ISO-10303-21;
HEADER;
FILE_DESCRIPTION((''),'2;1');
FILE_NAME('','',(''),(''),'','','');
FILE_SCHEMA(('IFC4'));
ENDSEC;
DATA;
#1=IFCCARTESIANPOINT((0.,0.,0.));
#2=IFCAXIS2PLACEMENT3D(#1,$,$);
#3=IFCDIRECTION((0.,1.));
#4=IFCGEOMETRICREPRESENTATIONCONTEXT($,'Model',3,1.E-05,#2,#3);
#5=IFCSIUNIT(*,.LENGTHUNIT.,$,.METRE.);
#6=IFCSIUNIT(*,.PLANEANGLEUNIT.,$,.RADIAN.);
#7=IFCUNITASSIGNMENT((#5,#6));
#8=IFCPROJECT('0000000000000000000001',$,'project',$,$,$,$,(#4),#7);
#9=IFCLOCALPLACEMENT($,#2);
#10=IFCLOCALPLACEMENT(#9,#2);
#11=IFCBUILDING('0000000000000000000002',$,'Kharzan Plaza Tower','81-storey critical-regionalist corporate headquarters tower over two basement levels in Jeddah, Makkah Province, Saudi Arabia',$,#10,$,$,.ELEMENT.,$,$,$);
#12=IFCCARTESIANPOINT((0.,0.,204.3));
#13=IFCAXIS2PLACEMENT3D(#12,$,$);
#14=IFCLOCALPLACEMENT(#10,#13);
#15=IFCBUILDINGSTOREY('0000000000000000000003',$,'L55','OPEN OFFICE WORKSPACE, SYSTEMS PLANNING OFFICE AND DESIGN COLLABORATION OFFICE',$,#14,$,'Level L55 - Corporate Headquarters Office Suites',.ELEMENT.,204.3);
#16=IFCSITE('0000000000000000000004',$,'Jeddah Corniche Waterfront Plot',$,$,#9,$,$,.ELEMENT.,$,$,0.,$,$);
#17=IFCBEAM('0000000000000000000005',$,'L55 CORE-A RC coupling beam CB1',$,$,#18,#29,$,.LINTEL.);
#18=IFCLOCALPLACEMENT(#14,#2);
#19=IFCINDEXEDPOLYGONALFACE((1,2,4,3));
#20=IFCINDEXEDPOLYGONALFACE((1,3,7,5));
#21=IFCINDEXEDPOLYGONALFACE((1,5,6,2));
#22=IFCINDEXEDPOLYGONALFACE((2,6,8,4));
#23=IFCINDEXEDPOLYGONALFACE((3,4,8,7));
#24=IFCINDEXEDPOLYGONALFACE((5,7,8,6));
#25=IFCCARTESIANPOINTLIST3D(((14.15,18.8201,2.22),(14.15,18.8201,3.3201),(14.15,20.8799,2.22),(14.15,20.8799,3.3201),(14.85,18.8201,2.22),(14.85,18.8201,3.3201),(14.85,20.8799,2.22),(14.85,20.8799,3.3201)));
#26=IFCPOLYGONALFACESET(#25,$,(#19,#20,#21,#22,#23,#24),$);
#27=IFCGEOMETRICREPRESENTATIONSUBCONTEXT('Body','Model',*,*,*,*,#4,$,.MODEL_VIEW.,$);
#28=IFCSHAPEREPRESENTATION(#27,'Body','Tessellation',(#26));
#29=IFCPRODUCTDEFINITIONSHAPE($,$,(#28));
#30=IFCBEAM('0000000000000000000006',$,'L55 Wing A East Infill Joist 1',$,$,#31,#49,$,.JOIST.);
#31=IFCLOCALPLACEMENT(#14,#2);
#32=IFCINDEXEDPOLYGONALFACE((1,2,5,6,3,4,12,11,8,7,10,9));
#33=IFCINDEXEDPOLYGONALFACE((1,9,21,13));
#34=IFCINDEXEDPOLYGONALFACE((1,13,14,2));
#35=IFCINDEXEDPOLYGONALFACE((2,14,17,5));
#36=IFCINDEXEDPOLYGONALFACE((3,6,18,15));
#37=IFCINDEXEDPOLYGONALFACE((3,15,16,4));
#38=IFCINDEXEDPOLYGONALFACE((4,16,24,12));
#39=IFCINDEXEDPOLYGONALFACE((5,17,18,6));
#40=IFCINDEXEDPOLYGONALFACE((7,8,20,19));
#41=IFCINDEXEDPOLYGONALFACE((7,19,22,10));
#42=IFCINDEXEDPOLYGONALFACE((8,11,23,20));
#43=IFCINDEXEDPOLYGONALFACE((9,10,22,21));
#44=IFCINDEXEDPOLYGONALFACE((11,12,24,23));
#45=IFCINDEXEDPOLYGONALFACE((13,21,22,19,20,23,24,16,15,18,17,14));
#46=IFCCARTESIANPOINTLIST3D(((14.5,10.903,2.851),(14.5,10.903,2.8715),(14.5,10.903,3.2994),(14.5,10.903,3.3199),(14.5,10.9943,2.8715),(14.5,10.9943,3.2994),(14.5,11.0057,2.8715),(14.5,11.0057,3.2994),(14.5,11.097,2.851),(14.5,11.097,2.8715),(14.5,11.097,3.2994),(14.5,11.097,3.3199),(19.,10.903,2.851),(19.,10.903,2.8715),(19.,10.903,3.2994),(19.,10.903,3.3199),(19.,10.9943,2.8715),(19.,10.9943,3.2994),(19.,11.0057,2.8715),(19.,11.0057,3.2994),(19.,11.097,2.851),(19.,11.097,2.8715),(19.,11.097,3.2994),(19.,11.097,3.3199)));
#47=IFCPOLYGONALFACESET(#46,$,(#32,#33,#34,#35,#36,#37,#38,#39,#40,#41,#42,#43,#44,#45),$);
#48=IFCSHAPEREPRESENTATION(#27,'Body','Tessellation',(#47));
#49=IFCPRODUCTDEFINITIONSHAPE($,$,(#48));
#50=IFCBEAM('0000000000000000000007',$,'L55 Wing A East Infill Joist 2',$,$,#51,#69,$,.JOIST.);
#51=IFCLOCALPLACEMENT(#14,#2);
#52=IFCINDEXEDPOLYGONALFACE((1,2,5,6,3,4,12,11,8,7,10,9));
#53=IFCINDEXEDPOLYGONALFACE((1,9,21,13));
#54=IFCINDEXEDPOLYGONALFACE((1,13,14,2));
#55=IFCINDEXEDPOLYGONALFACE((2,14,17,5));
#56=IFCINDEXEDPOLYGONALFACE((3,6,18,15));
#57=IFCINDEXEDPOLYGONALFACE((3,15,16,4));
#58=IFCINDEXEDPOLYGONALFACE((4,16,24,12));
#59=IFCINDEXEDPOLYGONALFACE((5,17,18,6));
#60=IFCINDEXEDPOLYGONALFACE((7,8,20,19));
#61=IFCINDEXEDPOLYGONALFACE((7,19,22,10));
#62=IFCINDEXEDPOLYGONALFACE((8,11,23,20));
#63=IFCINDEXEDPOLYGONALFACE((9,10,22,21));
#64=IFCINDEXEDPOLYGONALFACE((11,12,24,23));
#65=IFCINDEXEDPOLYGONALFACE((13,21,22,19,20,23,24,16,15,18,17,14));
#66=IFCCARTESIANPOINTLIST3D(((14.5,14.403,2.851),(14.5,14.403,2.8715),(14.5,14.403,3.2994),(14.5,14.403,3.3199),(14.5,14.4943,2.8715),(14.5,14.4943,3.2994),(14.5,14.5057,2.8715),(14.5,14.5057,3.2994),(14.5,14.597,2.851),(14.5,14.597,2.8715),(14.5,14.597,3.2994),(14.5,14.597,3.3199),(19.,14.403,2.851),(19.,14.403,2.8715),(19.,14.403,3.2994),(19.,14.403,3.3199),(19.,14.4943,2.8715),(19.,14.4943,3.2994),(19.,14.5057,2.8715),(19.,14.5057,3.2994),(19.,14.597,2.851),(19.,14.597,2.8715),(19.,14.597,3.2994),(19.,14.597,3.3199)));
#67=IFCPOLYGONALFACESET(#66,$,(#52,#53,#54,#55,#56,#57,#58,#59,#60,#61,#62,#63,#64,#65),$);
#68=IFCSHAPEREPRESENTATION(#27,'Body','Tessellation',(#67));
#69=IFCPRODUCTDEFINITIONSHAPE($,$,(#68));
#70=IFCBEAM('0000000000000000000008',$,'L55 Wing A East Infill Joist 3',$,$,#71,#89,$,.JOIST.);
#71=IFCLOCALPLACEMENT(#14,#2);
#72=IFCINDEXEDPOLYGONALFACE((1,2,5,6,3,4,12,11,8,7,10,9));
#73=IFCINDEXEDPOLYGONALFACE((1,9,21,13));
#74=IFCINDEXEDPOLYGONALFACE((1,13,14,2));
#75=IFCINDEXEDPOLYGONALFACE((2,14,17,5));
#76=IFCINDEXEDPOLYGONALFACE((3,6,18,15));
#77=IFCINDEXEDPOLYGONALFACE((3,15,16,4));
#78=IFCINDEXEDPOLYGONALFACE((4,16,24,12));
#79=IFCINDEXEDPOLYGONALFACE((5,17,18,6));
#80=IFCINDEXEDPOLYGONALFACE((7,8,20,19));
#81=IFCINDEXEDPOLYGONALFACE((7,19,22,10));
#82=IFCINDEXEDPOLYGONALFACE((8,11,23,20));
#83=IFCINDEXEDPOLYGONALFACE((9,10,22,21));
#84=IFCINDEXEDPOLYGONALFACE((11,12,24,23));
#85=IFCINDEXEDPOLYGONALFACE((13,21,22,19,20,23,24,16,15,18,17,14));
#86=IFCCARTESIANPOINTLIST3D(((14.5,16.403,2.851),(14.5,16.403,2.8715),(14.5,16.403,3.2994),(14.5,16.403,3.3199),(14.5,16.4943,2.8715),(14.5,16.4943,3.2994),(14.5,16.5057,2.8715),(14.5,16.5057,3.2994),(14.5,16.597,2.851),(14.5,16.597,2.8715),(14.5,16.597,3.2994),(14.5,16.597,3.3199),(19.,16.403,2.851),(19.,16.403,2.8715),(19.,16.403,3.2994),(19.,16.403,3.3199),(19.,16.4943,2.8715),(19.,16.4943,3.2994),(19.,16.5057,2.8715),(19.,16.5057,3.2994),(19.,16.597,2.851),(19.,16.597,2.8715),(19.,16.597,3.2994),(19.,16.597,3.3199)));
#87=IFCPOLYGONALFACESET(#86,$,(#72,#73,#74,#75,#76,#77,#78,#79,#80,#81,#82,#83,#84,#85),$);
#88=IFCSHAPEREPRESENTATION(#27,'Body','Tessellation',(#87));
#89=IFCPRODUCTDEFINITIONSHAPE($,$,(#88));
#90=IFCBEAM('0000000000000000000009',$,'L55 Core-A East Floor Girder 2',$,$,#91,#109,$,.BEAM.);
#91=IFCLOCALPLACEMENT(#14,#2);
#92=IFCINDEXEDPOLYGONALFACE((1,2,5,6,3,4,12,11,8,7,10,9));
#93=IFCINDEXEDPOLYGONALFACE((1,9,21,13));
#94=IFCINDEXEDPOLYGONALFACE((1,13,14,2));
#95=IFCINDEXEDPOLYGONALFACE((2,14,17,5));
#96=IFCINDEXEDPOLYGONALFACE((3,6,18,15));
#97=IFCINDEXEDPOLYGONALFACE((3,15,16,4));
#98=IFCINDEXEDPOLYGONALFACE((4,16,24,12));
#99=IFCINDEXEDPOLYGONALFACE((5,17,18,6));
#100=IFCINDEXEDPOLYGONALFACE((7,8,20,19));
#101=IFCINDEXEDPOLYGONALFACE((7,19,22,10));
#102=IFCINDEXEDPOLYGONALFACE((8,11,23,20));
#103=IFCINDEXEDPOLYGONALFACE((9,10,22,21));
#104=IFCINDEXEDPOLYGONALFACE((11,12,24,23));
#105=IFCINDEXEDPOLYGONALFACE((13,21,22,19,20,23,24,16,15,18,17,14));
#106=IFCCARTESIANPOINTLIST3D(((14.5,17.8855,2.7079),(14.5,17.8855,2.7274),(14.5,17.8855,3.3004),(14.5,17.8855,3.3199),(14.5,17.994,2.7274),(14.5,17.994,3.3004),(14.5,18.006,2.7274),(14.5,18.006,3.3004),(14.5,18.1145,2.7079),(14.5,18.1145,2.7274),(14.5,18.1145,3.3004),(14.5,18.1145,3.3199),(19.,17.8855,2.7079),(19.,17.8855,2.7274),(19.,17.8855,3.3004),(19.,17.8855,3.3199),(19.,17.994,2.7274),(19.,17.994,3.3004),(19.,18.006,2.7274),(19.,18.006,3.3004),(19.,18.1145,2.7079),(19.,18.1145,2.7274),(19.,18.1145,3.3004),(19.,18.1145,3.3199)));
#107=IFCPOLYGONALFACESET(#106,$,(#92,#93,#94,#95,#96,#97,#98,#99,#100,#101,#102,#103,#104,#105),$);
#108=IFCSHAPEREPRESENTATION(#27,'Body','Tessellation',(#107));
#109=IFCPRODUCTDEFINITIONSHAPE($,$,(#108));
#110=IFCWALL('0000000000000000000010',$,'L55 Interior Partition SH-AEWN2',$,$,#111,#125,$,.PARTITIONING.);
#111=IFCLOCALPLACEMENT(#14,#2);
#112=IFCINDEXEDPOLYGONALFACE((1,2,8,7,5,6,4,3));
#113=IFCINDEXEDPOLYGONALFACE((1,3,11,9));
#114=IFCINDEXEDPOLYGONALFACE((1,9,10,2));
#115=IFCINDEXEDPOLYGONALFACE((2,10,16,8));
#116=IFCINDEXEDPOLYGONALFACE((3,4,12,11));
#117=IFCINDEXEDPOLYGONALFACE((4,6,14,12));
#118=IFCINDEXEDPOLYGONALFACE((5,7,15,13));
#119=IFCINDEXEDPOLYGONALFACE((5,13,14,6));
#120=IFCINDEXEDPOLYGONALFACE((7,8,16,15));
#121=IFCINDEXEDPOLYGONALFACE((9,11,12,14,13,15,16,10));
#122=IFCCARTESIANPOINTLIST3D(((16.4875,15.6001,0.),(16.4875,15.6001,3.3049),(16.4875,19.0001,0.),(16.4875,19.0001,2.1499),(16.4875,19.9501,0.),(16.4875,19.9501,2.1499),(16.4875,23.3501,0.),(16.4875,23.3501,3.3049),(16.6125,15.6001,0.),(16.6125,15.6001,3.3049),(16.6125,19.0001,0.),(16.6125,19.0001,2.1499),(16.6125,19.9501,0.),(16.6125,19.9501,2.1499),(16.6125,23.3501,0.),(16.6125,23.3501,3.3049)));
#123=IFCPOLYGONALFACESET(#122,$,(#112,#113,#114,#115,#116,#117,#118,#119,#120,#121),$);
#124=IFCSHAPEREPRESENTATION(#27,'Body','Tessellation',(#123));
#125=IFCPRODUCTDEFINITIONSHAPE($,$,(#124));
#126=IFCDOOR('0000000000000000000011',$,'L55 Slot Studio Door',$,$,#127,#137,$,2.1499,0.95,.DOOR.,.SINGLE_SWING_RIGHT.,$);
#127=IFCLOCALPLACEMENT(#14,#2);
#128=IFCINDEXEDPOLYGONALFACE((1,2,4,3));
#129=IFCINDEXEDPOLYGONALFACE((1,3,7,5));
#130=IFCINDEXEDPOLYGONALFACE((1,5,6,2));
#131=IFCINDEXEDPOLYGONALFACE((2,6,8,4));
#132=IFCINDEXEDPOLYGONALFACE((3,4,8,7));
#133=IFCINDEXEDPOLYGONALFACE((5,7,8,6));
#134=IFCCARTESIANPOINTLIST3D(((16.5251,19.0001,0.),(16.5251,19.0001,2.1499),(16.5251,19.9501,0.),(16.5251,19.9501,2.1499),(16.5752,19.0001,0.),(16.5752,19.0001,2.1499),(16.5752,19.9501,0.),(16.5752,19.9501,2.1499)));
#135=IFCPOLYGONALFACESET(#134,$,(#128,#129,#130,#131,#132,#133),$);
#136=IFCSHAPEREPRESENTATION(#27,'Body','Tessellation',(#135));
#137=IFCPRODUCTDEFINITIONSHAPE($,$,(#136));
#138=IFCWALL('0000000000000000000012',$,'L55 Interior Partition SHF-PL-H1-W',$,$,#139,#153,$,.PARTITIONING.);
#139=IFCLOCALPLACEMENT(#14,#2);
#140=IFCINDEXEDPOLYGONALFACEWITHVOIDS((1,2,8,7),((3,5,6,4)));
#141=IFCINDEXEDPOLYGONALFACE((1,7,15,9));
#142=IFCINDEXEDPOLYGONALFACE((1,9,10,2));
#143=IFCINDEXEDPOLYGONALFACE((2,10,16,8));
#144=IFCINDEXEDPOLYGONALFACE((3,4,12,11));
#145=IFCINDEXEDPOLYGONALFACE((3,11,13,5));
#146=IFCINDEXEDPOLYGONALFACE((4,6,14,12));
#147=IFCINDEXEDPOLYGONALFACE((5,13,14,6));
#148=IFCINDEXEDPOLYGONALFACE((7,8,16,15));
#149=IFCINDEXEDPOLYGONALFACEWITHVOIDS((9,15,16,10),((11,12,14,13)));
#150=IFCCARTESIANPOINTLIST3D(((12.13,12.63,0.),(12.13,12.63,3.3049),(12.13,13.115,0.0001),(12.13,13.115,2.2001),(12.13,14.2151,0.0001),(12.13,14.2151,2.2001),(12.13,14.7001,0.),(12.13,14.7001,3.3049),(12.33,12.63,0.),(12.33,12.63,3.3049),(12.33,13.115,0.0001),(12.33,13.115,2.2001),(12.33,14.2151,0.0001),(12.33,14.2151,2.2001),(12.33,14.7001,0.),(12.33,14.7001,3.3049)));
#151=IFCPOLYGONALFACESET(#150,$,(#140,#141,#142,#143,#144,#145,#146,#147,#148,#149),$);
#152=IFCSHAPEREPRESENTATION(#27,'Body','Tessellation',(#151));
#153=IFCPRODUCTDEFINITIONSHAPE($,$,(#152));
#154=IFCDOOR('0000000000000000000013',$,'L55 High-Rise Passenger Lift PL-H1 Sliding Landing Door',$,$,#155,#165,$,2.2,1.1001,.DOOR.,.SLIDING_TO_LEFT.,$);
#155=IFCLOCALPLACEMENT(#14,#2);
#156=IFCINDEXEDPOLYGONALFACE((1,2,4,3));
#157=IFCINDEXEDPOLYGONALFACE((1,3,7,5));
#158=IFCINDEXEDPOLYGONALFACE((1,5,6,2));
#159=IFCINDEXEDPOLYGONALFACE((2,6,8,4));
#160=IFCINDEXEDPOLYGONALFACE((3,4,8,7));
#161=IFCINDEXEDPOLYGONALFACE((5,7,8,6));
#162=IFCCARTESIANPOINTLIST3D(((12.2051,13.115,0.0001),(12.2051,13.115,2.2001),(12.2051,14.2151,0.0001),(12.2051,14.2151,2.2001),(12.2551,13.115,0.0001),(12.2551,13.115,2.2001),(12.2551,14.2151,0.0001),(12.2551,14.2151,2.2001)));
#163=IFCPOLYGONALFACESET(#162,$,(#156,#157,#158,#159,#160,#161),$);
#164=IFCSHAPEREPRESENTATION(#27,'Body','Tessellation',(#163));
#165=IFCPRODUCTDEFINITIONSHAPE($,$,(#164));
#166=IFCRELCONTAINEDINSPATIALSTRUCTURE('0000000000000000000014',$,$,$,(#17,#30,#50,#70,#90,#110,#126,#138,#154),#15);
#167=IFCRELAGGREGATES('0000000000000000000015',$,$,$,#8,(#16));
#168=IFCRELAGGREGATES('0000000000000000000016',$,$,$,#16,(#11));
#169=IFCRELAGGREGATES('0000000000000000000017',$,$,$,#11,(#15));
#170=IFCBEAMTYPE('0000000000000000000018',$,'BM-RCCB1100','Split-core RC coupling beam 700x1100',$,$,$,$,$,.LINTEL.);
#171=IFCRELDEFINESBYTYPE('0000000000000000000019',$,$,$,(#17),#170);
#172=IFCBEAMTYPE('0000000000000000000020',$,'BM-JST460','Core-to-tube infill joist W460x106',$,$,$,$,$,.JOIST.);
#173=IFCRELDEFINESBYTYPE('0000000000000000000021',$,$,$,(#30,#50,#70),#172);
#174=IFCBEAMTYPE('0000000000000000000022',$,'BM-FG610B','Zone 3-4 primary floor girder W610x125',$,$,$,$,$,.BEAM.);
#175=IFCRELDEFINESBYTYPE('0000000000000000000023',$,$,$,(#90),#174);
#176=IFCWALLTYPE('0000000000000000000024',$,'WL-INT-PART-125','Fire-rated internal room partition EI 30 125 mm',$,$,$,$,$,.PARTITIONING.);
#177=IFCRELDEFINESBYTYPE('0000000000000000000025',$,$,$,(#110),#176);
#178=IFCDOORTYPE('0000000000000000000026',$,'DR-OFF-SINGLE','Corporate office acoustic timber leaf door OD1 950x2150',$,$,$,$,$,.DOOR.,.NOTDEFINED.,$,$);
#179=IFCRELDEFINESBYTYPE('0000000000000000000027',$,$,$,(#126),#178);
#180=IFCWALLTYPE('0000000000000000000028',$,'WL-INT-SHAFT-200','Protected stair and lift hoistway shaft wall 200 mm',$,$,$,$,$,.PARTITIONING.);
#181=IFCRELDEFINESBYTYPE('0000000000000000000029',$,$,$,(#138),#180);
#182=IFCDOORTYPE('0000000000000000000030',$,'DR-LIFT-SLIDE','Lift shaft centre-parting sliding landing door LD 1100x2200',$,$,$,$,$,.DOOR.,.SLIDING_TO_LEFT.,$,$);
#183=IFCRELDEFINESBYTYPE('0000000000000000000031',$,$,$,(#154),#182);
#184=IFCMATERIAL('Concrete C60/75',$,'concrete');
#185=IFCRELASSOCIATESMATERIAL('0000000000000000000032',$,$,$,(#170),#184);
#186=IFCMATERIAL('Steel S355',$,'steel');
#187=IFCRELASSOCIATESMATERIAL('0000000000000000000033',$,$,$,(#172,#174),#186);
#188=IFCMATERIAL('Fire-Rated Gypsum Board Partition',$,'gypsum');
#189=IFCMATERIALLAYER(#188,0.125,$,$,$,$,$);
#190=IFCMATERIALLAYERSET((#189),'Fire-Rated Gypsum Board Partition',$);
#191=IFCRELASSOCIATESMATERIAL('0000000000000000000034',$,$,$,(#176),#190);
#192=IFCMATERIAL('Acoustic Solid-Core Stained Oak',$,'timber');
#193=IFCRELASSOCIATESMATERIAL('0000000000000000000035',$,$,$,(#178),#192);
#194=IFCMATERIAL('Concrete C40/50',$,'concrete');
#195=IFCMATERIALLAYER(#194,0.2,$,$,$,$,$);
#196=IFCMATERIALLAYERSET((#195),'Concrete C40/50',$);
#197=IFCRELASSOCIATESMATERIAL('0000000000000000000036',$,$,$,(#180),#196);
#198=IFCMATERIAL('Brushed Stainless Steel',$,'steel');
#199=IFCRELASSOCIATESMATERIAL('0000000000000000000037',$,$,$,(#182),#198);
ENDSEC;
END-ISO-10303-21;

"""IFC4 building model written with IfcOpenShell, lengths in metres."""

from ifc_helpers import new_model, si_unit, direction, frame, frame_2d, origin, origin_2d, place, context, subcontext, project, spatial, rectangle, i_section, extrude, source, transform, mapped, material, layer, layer_set, material_profile, profile_set, type_object, element, fill, save


model = new_model("IFC4")

# Units and contexts
model_context = context("Model", 3, precision=1e-05, world=origin(), true_north=direction((0.0, 1.0)))
body_context = subcontext(model_context, "Body", "Model", "MODEL_VIEW")
ifc_project = project(units=[si_unit("LENGTHUNIT", "METRE"), si_unit("PLANEANGLEUNIT", "RADIAN")], contexts=[model_context])

# Site, building, storey
site_placement = place(None, origin())
site = spatial("IfcSite", under=ifc_project, at=site_placement, Name="Jeddah Corniche Waterfront Plot", CompositionType="ELEMENT", RefElevation=0.0)
building_placement = place(site_placement, origin())
building = spatial("IfcBuilding", under=site, at=building_placement, Name="Kharzan Plaza Tower", Description="81-storey critical-regionalist corporate headquarters tower over two basement levels in Jeddah, Makkah Province, Saudi Arabia", CompositionType="ELEMENT")
storey_placement = place(building_placement, frame((0.0, 0.0, 204.3)))
storey = spatial("IfcBuildingStorey", under=building, at=storey_placement, Name="L55", Description="OPEN OFFICE WORKSPACE, SYSTEMS PLANNING OFFICE AND DESIGN COLLABORATION OFFICE", LongName="Level L55 - Corporate Headquarters Office Suites", CompositionType="ELEMENT", Elevation=204.3)

# Beams
ifc_material_1 = material(Name="Concrete C60/75", Category="concrete")
ifc_material_profile_1 = material_profile(ifc_material_1, rectangle(XDim=0.7, YDim=1.1001, at=origin_2d()), Name="RC-CB1100x700")
ifc_profile_set_1 = profile_set([ifc_material_profile_1], Name="Concrete C60/75")
beam_type_1 = type_object("IfcBeamType", Name="BM-RCCB1100", Description="Split-core RC coupling beam 700x1100", PredefinedType="LINTEL", material=ifc_profile_set_1)
shared_shape_1 = source(origin(), body_context, "Body", "SweptSolid", [
    extrude(rectangle(XDim=0.7, YDim=1.1001, at=origin_2d()), origin(), (0.0, 0.0, 1.0), 2.0598),
])
beam_1_placement = place(storey_placement, frame((14.5, 18.8201, 2.77), z_axis=(0.0, 1.0, 0.0), x_axis=(-1.0, 0.0, 0.0)))
element("IfcBeam", 1, at=beam_1_placement, inside=storey, type_object=beam_type_1, Name="L55 CORE-A RC coupling beam CB1", PredefinedType="LINTEL", context=body_context, shape_type="MappedRepresentation", body=[
    mapped(shared_shape_1, transform((0.0, 0.0, 0.0), x_axis=(1.0, 0.0, 0.0), y_axis=(0.0, 1.0, 0.0), z_axis=(0.0, 0.0, 1.0))),
])
ifc_material_2 = material(Name="Steel S355", Category="steel")
ifc_material_profile_2 = material_profile(ifc_material_2, i_section(OverallWidth=0.1941, OverallDepth=0.469, WebThickness=0.0115, FlangeThickness=0.0205, at=origin_2d()), Name="W460x106")
ifc_profile_set_2 = profile_set([ifc_material_profile_2], Name="Steel S355")
beam_type_2 = type_object("IfcBeamType", Name="BM-JST460", Description="Core-to-tube infill joist W460x106", PredefinedType="JOIST", material=ifc_profile_set_2)
shared_shape_2 = source(origin(), body_context, "Body", "SweptSolid", [
    extrude(i_section(OverallWidth=0.1941, OverallDepth=0.469, WebThickness=0.0115, FlangeThickness=0.0205, at=origin_2d()), origin(), (0.0, 0.0, 1.0), 4.5),
])
for number, where, z_axis, x_axis, name in (
    (2, (14.5, 11.0, 3.0854), (1.0, 0.0, 0.0), (0.0, 1.0, 0.0), "L55 Wing A East Infill Joist 1"),
    (3, (14.5, 14.5, 3.0854), (1.0, 0.0, 0.0), (0.0, 1.0, 0.0), "L55 Wing A East Infill Joist 2"),
    (4, (14.5, 16.5, 3.0854), (1.0, 0.0, 0.0), (0.0, 1.0, 0.0), "L55 Wing A East Infill Joist 3"),
):
    element("IfcBeam", number, at=place(storey_placement, frame(where, z_axis=z_axis, x_axis=x_axis)), inside=storey, type_object=beam_type_2, Name=name, PredefinedType="JOIST", context=body_context, shape_type="MappedRepresentation", body=[
        mapped(shared_shape_2, transform((0.0, 0.0, 0.0), x_axis=(1.0, 0.0, 0.0), y_axis=(0.0, 1.0, 0.0), z_axis=(0.0, 0.0, 1.0))),
    ])
ifc_material_profile_3 = material_profile(ifc_material_2, i_section(OverallWidth=0.229, OverallDepth=0.6121, WebThickness=0.012, FlangeThickness=0.0195, at=origin_2d()), Name="W610x125")
ifc_profile_set_3 = profile_set([ifc_material_profile_3], Name="Steel S355")
beam_type_3 = type_object("IfcBeamType", Name="BM-FG610B", Description="Zone 3-4 primary floor girder W610x125", PredefinedType="BEAM", material=ifc_profile_set_3)
shared_shape_3 = source(origin(), body_context, "Body", "SweptSolid", [
    extrude(i_section(OverallWidth=0.229, OverallDepth=0.6121, WebThickness=0.012, FlangeThickness=0.0195, at=origin_2d()), origin(), (0.0, 0.0, 1.0), 4.5),
])
beam_2_placement = place(storey_placement, frame((14.5, 18.0, 3.0139), z_axis=(1.0, 0.0, 0.0), x_axis=(0.0, 1.0, 0.0)))
element("IfcBeam", 5, at=beam_2_placement, inside=storey, type_object=beam_type_3, Name="L55 Core-A East Floor Girder 2", PredefinedType="BEAM", context=body_context, shape_type="MappedRepresentation", body=[
    mapped(shared_shape_3, transform((0.0, 0.0, 0.0), x_axis=(1.0, 0.0, 0.0), y_axis=(0.0, 1.0, 0.0), z_axis=(0.0, 0.0, 1.0))),
])

# Walls, openings, doors
ifc_material_3 = material(Name="Fire-Rated Gypsum Board Partition", Category="gypsum")
ifc_layer_1 = layer(ifc_material_3, 0.125)
ifc_layer_set_1 = layer_set([ifc_layer_1], Name="Fire-Rated Gypsum Board Partition")
wall_type_1 = type_object("IfcWallType", Name="WL-INT-PART-125", Description="Fire-rated internal room partition EI 30 125 mm", PredefinedType="PARTITIONING", material=ifc_layer_set_1)
ifc_material_4 = material(Name="Acoustic Solid-Core Stained Oak", Category="timber")
door_type_1 = type_object("IfcDoorType", Name="DR-OFF-SINGLE", Description="Corporate office acoustic timber leaf door OD1 950x2150", OperationType="NOTDEFINED", PredefinedType="DOOR", material=ifc_material_4)
shared_shape_4 = source(origin(), body_context, "Body", "SweptSolid", [
    extrude(rectangle(XDim=0.95, YDim=2.1499, at=frame_2d((0.4751, 1.075))), frame((0.0, 0.0249, 0.0), z_axis=(0.0, -1.0, 0.0), x_axis=(1.0, 0.0, 0.0)), (0.0, 0.0, 1.0), 0.05),
])
wall_1_placement = place(storey_placement, frame((16.55, 15.6001, 0.0), z_axis=(0.0, 0.0, 1.0), x_axis=(0.0, 1.0, 0.0)))
wall_1 = element("IfcWall", 6, at=wall_1_placement, inside=storey, type_object=wall_type_1, Name="L55 Interior Partition SH-AEWN2", PredefinedType="PARTITIONING", context=body_context, shape_type="SweptSolid", body=[
    extrude(rectangle(XDim=7.75, YDim=0.125, at=frame_2d((3.875, 0.0))), origin(), (0.0, 0.0, 1.0), 3.3049),
])
opening_1_placement = place(wall_1_placement, frame((3.3999, 0.0, 0.0)))
opening_1 = element("IfcOpeningElement", 7, at=opening_1_placement, cuts=wall_1, PredefinedType="OPENING", context=body_context, shape_type="SweptSolid", body=[
    extrude(rectangle(XDim=0.95, YDim=2.1499, at=frame_2d((0.4751, 1.075))), frame((0.0, 0.0725, 0.0), z_axis=(0.0, -1.0, 0.0), x_axis=(1.0, 0.0, 0.0)), (0.0, 0.0, 1.0), 0.145),
])
door_1_placement = place(opening_1_placement, origin())
door_1 = element("IfcDoor", 8, at=door_1_placement, inside=storey, type_object=door_type_1, Name="L55 Slot Studio Door", OperationType="SINGLE_SWING_RIGHT", OverallHeight=2.1499, OverallWidth=0.95, PredefinedType="DOOR", context=body_context, shape_type="MappedRepresentation", body=[
    mapped(shared_shape_4, transform((0.0, 0.0, 0.0), x_axis=(1.0, 0.0, 0.0), y_axis=(0.0, 1.0, 0.0), z_axis=(0.0, 0.0, 1.0))),
])
fill(opening_1, door_1)
ifc_material_5 = material(Name="Concrete C40/50", Category="concrete")
ifc_layer_2 = layer(ifc_material_5, 0.2)
ifc_layer_set_2 = layer_set([ifc_layer_2], Name="Concrete C40/50")
wall_type_2 = type_object("IfcWallType", Name="WL-INT-SHAFT-200", Description="Protected stair and lift hoistway shaft wall 200 mm", PredefinedType="PARTITIONING", material=ifc_layer_set_2)
wall_2_placement = place(storey_placement, frame((12.23, 12.6299, 0.0), z_axis=(0.0, 0.0, 1.0), x_axis=(0.0, 1.0, 0.0)))
wall_2 = element("IfcWall", 9, at=wall_2_placement, inside=storey, type_object=wall_type_2, Name="L55 Interior Partition SHF-PL-H1-W", PredefinedType="PARTITIONING", context=body_context, shape_type="SweptSolid", body=[
    extrude(rectangle(XDim=2.0701, YDim=0.2, at=frame_2d((1.0352, 0.0))), origin(), (0.0, 0.0, 1.0), 3.3049),
])
opening_2_placement = place(wall_2_placement, frame((0.4851, 0.0, 0.0)))
opening_2 = element("IfcOpeningElement", 10, at=opening_2_placement, cuts=wall_2, PredefinedType="OPENING", context=body_context, shape_type="SweptSolid", body=[
    extrude(rectangle(XDim=1.1001, YDim=2.2, at=frame_2d((0.55, 1.1001))), frame((0.0, 0.1099, 0.0), z_axis=(0.0, -1.0, 0.0), x_axis=(1.0, 0.0, 0.0)), (0.0, 0.0, 1.0), 0.22),
])
ifc_material_6 = material(Name="Brushed Stainless Steel", Category="steel")
door_type_2 = type_object("IfcDoorType", Name="DR-LIFT-SLIDE", Description="Lift shaft centre-parting sliding landing door LD 1100x2200", OperationType="SLIDING_TO_LEFT", PredefinedType="DOOR", material=ifc_material_6)
shared_shape_5 = source(origin(), body_context, "Body", "SweptSolid", [
    extrude(rectangle(XDim=1.1001, YDim=2.2, at=frame_2d((0.55, 1.1001))), frame((0.0, 0.0249, 0.0), z_axis=(0.0, -1.0, 0.0), x_axis=(1.0, 0.0, 0.0)), (0.0, 0.0, 1.0), 0.05),
])
door_2_placement = place(opening_2_placement, origin())
door_2 = element("IfcDoor", 11, at=door_2_placement, inside=storey, type_object=door_type_2, Name="L55 High-Rise Passenger Lift PL-H1 Sliding Landing Door", OperationType="SLIDING_TO_LEFT", OverallHeight=2.2, OverallWidth=1.1001, PredefinedType="DOOR", context=body_context, shape_type="MappedRepresentation", body=[
    mapped(shared_shape_5, transform((0.0, 0.0, 0.0), x_axis=(1.0, 0.0, 0.0), y_axis=(0.0, 1.0, 0.0), z_axis=(0.0, 0.0, 1.0))),
])
fill(opening_2, door_2)

save(model, "model.ifc")
